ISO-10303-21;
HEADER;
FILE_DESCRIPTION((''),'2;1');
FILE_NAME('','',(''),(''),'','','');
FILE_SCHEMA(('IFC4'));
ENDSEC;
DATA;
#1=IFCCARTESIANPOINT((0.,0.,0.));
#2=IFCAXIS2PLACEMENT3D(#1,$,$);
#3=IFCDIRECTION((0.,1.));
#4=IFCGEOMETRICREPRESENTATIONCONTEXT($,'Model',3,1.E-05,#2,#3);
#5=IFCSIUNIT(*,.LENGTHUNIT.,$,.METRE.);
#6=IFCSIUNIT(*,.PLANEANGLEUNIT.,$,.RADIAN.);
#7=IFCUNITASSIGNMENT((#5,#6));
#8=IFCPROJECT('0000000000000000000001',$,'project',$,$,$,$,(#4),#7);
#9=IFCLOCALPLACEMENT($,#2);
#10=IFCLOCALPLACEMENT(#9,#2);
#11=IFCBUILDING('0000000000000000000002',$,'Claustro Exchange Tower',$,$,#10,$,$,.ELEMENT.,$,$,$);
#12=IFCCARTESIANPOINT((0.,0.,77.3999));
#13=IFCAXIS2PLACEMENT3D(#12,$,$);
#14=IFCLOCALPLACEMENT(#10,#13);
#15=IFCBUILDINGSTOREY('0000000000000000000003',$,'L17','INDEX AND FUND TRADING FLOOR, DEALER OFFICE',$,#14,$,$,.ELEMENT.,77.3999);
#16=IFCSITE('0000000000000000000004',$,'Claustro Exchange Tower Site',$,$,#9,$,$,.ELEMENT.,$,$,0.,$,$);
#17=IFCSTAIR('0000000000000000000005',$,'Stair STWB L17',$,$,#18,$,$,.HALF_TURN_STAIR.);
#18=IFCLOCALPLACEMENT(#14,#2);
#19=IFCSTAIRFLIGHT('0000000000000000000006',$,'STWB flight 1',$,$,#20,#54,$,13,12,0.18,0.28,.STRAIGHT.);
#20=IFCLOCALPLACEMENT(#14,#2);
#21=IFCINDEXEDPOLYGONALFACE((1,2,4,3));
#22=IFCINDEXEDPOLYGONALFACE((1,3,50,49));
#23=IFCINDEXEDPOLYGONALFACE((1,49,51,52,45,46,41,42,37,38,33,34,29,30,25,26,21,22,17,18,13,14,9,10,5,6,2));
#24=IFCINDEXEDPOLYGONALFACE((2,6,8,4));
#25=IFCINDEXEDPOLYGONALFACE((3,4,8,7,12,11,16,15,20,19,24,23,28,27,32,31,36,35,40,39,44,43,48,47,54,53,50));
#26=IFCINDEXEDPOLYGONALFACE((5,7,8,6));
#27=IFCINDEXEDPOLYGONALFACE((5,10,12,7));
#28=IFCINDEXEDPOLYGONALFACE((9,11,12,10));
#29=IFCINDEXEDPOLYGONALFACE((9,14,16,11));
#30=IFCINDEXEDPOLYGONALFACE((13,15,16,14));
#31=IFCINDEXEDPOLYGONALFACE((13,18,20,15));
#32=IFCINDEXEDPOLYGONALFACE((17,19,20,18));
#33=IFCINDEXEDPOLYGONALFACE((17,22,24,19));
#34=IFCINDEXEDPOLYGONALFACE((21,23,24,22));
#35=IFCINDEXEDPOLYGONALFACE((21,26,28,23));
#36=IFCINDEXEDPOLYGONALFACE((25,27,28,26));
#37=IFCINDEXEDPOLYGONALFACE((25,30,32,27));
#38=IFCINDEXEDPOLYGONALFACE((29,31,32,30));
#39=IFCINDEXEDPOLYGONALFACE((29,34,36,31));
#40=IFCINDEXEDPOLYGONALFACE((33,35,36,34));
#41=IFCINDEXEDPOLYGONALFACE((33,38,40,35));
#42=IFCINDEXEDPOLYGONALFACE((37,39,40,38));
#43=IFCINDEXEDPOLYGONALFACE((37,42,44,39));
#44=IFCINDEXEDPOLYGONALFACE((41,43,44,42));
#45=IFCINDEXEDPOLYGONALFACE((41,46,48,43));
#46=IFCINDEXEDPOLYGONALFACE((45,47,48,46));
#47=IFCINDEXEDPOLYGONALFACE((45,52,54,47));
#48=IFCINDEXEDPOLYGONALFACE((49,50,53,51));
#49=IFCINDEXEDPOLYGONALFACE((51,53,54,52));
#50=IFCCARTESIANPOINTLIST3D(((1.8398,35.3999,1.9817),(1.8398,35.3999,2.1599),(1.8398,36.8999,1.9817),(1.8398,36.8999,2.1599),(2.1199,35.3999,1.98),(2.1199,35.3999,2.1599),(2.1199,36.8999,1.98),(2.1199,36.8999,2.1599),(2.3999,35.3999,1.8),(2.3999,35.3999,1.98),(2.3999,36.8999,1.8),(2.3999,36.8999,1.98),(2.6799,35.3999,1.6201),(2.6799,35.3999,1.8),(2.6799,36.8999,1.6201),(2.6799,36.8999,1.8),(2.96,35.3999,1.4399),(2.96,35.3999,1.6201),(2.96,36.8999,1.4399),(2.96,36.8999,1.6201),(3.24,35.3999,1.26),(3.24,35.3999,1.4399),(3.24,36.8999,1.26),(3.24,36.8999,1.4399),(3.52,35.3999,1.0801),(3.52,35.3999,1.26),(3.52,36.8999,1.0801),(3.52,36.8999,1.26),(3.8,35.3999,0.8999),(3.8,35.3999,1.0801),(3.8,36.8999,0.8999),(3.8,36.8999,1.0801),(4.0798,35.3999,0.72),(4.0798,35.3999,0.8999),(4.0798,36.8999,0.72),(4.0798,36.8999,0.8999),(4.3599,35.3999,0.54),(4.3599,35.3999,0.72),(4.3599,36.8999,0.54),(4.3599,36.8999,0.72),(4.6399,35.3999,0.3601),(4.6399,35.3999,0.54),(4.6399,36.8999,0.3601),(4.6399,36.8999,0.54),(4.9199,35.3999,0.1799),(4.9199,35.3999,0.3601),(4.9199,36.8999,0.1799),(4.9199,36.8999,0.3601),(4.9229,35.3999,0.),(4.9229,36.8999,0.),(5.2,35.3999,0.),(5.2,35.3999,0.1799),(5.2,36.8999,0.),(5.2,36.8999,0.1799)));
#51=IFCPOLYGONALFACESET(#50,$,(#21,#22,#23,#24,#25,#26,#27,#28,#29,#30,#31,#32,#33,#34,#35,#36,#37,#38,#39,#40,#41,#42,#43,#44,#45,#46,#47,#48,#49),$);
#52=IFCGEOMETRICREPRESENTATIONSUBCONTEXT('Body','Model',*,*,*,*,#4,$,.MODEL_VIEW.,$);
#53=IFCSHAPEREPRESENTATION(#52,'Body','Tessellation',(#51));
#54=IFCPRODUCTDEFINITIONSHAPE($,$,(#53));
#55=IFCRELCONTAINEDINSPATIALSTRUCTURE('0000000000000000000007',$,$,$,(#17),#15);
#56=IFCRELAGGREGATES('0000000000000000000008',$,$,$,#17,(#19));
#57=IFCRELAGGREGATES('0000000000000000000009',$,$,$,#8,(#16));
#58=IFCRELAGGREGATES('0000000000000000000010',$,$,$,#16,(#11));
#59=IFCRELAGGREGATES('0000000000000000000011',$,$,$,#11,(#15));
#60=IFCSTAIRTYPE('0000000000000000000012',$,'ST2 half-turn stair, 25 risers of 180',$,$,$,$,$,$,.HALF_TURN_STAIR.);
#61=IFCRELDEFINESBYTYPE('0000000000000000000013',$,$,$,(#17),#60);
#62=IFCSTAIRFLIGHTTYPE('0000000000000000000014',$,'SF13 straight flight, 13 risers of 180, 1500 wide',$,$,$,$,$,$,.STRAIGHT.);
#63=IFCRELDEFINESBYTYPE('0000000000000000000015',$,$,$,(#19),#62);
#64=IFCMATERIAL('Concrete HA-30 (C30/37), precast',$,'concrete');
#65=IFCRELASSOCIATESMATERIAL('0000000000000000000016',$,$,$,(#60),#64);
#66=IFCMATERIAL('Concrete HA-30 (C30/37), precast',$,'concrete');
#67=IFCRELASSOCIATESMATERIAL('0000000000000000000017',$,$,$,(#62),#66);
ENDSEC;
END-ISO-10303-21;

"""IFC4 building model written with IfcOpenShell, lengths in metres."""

from ifc_helpers import new_model, si_unit, direction, frame, origin, place, context, subcontext, project, spatial, polyline, outline, extrude, material, type_object, element, aggregate, save


model = new_model("IFC4")

# Units and contexts
model_context = context("Model", 3, precision=1e-05, world=origin(), true_north=direction((0.0, 1.0)))
body_context = subcontext(model_context, "Body", "Model", "MODEL_VIEW")
ifc_project = project(units=[si_unit("LENGTHUNIT", "METRE"), si_unit("PLANEANGLEUNIT", "RADIAN")], contexts=[model_context])

# Site, building, storey
site_placement = place(None, origin())
site = spatial("IfcSite", under=ifc_project, at=site_placement, Name="Claustro Exchange Tower Site", CompositionType="ELEMENT", RefElevation=0.0)
building_placement = place(site_placement, origin())
building = spatial("IfcBuilding", under=site, at=building_placement, Name="Claustro Exchange Tower", CompositionType="ELEMENT")
storey_placement = place(building_placement, frame((0.0, 0.0, 77.3999)))
storey = spatial("IfcBuildingStorey", under=building, at=storey_placement, Name="L17", Description="INDEX AND FUND TRADING FLOOR, DEALER OFFICE", CompositionType="ELEMENT", Elevation=77.3999)

# Stair, stair flight
ifc_material_1 = material(Name="Concrete HA-30 (C30/37), precast", Category="concrete")
stair_type = type_object("IfcStairType", Name="ST2 half-turn stair, 25 risers of 180", PredefinedType="HALF_TURN_STAIR", material=ifc_material_1)
stair_placement = place(storey_placement, origin())
stair = element("IfcStair", 1, at=stair_placement, inside=storey, type_object=stair_type, Name="Stair STWB L17", PredefinedType="HALF_TURN_STAIR")
ifc_material_2 = material(Name="Concrete HA-30 (C30/37), precast", Category="concrete")
stair_flight_type_1 = type_object("IfcStairFlightType", Name="SF13 straight flight, 13 risers of 180, 1500 wide", PredefinedType="STRAIGHT", material=ifc_material_2)
stair_flight_1_placement = place(storey_placement, frame((5.2, 36.1499, 0.0), z_axis=(0.0, 0.0, 1.0), x_axis=(-1.0, 0.0, 0.0)))
stair_flight_1 = element("IfcStairFlight", 2, at=stair_flight_1_placement, type_object=stair_flight_type_1, Name="STWB flight 1", NumberOfRisers=13, NumberOfTreads=12, PredefinedType="STRAIGHT", RiserHeight=0.18, TreadLength=0.28, context=body_context, shape_type="SweptSolid", body=[
    extrude(outline(polyline([(0.0, 0.0), (0.0, 0.1799), (0.28, 0.1799), (0.28, 0.3601), (0.5601, 0.3601), (0.5601, 0.54), (0.8401, 0.54), (0.8401, 0.72), (1.1201, 0.72), (1.1201, 0.8999), (1.3999, 0.8999), (1.3999, 1.0801), (1.6799, 1.0801), (1.6799, 1.26), (1.96, 1.26), (1.96, 1.4399), (2.24, 1.4399), (2.24, 1.6201), (2.52, 1.6201), (2.52, 1.8), (2.8, 1.8), (2.8, 1.98), (3.0801, 1.98), (3.0801, 2.1599), (3.3601, 2.1599), (3.3601, 2.3401), (3.3601, 1.9817), (0.2771, 0.0), (0.0, 0.0)])), frame((0.0, 0.75, 0.0), z_axis=(0.0, -1.0, 0.0), x_axis=(1.0, 0.0, 0.0)), (0.0, 0.0, 1.0), 1.5),
])
aggregate(stair, [stair_flight_1])

save(model, "model.ifc")
